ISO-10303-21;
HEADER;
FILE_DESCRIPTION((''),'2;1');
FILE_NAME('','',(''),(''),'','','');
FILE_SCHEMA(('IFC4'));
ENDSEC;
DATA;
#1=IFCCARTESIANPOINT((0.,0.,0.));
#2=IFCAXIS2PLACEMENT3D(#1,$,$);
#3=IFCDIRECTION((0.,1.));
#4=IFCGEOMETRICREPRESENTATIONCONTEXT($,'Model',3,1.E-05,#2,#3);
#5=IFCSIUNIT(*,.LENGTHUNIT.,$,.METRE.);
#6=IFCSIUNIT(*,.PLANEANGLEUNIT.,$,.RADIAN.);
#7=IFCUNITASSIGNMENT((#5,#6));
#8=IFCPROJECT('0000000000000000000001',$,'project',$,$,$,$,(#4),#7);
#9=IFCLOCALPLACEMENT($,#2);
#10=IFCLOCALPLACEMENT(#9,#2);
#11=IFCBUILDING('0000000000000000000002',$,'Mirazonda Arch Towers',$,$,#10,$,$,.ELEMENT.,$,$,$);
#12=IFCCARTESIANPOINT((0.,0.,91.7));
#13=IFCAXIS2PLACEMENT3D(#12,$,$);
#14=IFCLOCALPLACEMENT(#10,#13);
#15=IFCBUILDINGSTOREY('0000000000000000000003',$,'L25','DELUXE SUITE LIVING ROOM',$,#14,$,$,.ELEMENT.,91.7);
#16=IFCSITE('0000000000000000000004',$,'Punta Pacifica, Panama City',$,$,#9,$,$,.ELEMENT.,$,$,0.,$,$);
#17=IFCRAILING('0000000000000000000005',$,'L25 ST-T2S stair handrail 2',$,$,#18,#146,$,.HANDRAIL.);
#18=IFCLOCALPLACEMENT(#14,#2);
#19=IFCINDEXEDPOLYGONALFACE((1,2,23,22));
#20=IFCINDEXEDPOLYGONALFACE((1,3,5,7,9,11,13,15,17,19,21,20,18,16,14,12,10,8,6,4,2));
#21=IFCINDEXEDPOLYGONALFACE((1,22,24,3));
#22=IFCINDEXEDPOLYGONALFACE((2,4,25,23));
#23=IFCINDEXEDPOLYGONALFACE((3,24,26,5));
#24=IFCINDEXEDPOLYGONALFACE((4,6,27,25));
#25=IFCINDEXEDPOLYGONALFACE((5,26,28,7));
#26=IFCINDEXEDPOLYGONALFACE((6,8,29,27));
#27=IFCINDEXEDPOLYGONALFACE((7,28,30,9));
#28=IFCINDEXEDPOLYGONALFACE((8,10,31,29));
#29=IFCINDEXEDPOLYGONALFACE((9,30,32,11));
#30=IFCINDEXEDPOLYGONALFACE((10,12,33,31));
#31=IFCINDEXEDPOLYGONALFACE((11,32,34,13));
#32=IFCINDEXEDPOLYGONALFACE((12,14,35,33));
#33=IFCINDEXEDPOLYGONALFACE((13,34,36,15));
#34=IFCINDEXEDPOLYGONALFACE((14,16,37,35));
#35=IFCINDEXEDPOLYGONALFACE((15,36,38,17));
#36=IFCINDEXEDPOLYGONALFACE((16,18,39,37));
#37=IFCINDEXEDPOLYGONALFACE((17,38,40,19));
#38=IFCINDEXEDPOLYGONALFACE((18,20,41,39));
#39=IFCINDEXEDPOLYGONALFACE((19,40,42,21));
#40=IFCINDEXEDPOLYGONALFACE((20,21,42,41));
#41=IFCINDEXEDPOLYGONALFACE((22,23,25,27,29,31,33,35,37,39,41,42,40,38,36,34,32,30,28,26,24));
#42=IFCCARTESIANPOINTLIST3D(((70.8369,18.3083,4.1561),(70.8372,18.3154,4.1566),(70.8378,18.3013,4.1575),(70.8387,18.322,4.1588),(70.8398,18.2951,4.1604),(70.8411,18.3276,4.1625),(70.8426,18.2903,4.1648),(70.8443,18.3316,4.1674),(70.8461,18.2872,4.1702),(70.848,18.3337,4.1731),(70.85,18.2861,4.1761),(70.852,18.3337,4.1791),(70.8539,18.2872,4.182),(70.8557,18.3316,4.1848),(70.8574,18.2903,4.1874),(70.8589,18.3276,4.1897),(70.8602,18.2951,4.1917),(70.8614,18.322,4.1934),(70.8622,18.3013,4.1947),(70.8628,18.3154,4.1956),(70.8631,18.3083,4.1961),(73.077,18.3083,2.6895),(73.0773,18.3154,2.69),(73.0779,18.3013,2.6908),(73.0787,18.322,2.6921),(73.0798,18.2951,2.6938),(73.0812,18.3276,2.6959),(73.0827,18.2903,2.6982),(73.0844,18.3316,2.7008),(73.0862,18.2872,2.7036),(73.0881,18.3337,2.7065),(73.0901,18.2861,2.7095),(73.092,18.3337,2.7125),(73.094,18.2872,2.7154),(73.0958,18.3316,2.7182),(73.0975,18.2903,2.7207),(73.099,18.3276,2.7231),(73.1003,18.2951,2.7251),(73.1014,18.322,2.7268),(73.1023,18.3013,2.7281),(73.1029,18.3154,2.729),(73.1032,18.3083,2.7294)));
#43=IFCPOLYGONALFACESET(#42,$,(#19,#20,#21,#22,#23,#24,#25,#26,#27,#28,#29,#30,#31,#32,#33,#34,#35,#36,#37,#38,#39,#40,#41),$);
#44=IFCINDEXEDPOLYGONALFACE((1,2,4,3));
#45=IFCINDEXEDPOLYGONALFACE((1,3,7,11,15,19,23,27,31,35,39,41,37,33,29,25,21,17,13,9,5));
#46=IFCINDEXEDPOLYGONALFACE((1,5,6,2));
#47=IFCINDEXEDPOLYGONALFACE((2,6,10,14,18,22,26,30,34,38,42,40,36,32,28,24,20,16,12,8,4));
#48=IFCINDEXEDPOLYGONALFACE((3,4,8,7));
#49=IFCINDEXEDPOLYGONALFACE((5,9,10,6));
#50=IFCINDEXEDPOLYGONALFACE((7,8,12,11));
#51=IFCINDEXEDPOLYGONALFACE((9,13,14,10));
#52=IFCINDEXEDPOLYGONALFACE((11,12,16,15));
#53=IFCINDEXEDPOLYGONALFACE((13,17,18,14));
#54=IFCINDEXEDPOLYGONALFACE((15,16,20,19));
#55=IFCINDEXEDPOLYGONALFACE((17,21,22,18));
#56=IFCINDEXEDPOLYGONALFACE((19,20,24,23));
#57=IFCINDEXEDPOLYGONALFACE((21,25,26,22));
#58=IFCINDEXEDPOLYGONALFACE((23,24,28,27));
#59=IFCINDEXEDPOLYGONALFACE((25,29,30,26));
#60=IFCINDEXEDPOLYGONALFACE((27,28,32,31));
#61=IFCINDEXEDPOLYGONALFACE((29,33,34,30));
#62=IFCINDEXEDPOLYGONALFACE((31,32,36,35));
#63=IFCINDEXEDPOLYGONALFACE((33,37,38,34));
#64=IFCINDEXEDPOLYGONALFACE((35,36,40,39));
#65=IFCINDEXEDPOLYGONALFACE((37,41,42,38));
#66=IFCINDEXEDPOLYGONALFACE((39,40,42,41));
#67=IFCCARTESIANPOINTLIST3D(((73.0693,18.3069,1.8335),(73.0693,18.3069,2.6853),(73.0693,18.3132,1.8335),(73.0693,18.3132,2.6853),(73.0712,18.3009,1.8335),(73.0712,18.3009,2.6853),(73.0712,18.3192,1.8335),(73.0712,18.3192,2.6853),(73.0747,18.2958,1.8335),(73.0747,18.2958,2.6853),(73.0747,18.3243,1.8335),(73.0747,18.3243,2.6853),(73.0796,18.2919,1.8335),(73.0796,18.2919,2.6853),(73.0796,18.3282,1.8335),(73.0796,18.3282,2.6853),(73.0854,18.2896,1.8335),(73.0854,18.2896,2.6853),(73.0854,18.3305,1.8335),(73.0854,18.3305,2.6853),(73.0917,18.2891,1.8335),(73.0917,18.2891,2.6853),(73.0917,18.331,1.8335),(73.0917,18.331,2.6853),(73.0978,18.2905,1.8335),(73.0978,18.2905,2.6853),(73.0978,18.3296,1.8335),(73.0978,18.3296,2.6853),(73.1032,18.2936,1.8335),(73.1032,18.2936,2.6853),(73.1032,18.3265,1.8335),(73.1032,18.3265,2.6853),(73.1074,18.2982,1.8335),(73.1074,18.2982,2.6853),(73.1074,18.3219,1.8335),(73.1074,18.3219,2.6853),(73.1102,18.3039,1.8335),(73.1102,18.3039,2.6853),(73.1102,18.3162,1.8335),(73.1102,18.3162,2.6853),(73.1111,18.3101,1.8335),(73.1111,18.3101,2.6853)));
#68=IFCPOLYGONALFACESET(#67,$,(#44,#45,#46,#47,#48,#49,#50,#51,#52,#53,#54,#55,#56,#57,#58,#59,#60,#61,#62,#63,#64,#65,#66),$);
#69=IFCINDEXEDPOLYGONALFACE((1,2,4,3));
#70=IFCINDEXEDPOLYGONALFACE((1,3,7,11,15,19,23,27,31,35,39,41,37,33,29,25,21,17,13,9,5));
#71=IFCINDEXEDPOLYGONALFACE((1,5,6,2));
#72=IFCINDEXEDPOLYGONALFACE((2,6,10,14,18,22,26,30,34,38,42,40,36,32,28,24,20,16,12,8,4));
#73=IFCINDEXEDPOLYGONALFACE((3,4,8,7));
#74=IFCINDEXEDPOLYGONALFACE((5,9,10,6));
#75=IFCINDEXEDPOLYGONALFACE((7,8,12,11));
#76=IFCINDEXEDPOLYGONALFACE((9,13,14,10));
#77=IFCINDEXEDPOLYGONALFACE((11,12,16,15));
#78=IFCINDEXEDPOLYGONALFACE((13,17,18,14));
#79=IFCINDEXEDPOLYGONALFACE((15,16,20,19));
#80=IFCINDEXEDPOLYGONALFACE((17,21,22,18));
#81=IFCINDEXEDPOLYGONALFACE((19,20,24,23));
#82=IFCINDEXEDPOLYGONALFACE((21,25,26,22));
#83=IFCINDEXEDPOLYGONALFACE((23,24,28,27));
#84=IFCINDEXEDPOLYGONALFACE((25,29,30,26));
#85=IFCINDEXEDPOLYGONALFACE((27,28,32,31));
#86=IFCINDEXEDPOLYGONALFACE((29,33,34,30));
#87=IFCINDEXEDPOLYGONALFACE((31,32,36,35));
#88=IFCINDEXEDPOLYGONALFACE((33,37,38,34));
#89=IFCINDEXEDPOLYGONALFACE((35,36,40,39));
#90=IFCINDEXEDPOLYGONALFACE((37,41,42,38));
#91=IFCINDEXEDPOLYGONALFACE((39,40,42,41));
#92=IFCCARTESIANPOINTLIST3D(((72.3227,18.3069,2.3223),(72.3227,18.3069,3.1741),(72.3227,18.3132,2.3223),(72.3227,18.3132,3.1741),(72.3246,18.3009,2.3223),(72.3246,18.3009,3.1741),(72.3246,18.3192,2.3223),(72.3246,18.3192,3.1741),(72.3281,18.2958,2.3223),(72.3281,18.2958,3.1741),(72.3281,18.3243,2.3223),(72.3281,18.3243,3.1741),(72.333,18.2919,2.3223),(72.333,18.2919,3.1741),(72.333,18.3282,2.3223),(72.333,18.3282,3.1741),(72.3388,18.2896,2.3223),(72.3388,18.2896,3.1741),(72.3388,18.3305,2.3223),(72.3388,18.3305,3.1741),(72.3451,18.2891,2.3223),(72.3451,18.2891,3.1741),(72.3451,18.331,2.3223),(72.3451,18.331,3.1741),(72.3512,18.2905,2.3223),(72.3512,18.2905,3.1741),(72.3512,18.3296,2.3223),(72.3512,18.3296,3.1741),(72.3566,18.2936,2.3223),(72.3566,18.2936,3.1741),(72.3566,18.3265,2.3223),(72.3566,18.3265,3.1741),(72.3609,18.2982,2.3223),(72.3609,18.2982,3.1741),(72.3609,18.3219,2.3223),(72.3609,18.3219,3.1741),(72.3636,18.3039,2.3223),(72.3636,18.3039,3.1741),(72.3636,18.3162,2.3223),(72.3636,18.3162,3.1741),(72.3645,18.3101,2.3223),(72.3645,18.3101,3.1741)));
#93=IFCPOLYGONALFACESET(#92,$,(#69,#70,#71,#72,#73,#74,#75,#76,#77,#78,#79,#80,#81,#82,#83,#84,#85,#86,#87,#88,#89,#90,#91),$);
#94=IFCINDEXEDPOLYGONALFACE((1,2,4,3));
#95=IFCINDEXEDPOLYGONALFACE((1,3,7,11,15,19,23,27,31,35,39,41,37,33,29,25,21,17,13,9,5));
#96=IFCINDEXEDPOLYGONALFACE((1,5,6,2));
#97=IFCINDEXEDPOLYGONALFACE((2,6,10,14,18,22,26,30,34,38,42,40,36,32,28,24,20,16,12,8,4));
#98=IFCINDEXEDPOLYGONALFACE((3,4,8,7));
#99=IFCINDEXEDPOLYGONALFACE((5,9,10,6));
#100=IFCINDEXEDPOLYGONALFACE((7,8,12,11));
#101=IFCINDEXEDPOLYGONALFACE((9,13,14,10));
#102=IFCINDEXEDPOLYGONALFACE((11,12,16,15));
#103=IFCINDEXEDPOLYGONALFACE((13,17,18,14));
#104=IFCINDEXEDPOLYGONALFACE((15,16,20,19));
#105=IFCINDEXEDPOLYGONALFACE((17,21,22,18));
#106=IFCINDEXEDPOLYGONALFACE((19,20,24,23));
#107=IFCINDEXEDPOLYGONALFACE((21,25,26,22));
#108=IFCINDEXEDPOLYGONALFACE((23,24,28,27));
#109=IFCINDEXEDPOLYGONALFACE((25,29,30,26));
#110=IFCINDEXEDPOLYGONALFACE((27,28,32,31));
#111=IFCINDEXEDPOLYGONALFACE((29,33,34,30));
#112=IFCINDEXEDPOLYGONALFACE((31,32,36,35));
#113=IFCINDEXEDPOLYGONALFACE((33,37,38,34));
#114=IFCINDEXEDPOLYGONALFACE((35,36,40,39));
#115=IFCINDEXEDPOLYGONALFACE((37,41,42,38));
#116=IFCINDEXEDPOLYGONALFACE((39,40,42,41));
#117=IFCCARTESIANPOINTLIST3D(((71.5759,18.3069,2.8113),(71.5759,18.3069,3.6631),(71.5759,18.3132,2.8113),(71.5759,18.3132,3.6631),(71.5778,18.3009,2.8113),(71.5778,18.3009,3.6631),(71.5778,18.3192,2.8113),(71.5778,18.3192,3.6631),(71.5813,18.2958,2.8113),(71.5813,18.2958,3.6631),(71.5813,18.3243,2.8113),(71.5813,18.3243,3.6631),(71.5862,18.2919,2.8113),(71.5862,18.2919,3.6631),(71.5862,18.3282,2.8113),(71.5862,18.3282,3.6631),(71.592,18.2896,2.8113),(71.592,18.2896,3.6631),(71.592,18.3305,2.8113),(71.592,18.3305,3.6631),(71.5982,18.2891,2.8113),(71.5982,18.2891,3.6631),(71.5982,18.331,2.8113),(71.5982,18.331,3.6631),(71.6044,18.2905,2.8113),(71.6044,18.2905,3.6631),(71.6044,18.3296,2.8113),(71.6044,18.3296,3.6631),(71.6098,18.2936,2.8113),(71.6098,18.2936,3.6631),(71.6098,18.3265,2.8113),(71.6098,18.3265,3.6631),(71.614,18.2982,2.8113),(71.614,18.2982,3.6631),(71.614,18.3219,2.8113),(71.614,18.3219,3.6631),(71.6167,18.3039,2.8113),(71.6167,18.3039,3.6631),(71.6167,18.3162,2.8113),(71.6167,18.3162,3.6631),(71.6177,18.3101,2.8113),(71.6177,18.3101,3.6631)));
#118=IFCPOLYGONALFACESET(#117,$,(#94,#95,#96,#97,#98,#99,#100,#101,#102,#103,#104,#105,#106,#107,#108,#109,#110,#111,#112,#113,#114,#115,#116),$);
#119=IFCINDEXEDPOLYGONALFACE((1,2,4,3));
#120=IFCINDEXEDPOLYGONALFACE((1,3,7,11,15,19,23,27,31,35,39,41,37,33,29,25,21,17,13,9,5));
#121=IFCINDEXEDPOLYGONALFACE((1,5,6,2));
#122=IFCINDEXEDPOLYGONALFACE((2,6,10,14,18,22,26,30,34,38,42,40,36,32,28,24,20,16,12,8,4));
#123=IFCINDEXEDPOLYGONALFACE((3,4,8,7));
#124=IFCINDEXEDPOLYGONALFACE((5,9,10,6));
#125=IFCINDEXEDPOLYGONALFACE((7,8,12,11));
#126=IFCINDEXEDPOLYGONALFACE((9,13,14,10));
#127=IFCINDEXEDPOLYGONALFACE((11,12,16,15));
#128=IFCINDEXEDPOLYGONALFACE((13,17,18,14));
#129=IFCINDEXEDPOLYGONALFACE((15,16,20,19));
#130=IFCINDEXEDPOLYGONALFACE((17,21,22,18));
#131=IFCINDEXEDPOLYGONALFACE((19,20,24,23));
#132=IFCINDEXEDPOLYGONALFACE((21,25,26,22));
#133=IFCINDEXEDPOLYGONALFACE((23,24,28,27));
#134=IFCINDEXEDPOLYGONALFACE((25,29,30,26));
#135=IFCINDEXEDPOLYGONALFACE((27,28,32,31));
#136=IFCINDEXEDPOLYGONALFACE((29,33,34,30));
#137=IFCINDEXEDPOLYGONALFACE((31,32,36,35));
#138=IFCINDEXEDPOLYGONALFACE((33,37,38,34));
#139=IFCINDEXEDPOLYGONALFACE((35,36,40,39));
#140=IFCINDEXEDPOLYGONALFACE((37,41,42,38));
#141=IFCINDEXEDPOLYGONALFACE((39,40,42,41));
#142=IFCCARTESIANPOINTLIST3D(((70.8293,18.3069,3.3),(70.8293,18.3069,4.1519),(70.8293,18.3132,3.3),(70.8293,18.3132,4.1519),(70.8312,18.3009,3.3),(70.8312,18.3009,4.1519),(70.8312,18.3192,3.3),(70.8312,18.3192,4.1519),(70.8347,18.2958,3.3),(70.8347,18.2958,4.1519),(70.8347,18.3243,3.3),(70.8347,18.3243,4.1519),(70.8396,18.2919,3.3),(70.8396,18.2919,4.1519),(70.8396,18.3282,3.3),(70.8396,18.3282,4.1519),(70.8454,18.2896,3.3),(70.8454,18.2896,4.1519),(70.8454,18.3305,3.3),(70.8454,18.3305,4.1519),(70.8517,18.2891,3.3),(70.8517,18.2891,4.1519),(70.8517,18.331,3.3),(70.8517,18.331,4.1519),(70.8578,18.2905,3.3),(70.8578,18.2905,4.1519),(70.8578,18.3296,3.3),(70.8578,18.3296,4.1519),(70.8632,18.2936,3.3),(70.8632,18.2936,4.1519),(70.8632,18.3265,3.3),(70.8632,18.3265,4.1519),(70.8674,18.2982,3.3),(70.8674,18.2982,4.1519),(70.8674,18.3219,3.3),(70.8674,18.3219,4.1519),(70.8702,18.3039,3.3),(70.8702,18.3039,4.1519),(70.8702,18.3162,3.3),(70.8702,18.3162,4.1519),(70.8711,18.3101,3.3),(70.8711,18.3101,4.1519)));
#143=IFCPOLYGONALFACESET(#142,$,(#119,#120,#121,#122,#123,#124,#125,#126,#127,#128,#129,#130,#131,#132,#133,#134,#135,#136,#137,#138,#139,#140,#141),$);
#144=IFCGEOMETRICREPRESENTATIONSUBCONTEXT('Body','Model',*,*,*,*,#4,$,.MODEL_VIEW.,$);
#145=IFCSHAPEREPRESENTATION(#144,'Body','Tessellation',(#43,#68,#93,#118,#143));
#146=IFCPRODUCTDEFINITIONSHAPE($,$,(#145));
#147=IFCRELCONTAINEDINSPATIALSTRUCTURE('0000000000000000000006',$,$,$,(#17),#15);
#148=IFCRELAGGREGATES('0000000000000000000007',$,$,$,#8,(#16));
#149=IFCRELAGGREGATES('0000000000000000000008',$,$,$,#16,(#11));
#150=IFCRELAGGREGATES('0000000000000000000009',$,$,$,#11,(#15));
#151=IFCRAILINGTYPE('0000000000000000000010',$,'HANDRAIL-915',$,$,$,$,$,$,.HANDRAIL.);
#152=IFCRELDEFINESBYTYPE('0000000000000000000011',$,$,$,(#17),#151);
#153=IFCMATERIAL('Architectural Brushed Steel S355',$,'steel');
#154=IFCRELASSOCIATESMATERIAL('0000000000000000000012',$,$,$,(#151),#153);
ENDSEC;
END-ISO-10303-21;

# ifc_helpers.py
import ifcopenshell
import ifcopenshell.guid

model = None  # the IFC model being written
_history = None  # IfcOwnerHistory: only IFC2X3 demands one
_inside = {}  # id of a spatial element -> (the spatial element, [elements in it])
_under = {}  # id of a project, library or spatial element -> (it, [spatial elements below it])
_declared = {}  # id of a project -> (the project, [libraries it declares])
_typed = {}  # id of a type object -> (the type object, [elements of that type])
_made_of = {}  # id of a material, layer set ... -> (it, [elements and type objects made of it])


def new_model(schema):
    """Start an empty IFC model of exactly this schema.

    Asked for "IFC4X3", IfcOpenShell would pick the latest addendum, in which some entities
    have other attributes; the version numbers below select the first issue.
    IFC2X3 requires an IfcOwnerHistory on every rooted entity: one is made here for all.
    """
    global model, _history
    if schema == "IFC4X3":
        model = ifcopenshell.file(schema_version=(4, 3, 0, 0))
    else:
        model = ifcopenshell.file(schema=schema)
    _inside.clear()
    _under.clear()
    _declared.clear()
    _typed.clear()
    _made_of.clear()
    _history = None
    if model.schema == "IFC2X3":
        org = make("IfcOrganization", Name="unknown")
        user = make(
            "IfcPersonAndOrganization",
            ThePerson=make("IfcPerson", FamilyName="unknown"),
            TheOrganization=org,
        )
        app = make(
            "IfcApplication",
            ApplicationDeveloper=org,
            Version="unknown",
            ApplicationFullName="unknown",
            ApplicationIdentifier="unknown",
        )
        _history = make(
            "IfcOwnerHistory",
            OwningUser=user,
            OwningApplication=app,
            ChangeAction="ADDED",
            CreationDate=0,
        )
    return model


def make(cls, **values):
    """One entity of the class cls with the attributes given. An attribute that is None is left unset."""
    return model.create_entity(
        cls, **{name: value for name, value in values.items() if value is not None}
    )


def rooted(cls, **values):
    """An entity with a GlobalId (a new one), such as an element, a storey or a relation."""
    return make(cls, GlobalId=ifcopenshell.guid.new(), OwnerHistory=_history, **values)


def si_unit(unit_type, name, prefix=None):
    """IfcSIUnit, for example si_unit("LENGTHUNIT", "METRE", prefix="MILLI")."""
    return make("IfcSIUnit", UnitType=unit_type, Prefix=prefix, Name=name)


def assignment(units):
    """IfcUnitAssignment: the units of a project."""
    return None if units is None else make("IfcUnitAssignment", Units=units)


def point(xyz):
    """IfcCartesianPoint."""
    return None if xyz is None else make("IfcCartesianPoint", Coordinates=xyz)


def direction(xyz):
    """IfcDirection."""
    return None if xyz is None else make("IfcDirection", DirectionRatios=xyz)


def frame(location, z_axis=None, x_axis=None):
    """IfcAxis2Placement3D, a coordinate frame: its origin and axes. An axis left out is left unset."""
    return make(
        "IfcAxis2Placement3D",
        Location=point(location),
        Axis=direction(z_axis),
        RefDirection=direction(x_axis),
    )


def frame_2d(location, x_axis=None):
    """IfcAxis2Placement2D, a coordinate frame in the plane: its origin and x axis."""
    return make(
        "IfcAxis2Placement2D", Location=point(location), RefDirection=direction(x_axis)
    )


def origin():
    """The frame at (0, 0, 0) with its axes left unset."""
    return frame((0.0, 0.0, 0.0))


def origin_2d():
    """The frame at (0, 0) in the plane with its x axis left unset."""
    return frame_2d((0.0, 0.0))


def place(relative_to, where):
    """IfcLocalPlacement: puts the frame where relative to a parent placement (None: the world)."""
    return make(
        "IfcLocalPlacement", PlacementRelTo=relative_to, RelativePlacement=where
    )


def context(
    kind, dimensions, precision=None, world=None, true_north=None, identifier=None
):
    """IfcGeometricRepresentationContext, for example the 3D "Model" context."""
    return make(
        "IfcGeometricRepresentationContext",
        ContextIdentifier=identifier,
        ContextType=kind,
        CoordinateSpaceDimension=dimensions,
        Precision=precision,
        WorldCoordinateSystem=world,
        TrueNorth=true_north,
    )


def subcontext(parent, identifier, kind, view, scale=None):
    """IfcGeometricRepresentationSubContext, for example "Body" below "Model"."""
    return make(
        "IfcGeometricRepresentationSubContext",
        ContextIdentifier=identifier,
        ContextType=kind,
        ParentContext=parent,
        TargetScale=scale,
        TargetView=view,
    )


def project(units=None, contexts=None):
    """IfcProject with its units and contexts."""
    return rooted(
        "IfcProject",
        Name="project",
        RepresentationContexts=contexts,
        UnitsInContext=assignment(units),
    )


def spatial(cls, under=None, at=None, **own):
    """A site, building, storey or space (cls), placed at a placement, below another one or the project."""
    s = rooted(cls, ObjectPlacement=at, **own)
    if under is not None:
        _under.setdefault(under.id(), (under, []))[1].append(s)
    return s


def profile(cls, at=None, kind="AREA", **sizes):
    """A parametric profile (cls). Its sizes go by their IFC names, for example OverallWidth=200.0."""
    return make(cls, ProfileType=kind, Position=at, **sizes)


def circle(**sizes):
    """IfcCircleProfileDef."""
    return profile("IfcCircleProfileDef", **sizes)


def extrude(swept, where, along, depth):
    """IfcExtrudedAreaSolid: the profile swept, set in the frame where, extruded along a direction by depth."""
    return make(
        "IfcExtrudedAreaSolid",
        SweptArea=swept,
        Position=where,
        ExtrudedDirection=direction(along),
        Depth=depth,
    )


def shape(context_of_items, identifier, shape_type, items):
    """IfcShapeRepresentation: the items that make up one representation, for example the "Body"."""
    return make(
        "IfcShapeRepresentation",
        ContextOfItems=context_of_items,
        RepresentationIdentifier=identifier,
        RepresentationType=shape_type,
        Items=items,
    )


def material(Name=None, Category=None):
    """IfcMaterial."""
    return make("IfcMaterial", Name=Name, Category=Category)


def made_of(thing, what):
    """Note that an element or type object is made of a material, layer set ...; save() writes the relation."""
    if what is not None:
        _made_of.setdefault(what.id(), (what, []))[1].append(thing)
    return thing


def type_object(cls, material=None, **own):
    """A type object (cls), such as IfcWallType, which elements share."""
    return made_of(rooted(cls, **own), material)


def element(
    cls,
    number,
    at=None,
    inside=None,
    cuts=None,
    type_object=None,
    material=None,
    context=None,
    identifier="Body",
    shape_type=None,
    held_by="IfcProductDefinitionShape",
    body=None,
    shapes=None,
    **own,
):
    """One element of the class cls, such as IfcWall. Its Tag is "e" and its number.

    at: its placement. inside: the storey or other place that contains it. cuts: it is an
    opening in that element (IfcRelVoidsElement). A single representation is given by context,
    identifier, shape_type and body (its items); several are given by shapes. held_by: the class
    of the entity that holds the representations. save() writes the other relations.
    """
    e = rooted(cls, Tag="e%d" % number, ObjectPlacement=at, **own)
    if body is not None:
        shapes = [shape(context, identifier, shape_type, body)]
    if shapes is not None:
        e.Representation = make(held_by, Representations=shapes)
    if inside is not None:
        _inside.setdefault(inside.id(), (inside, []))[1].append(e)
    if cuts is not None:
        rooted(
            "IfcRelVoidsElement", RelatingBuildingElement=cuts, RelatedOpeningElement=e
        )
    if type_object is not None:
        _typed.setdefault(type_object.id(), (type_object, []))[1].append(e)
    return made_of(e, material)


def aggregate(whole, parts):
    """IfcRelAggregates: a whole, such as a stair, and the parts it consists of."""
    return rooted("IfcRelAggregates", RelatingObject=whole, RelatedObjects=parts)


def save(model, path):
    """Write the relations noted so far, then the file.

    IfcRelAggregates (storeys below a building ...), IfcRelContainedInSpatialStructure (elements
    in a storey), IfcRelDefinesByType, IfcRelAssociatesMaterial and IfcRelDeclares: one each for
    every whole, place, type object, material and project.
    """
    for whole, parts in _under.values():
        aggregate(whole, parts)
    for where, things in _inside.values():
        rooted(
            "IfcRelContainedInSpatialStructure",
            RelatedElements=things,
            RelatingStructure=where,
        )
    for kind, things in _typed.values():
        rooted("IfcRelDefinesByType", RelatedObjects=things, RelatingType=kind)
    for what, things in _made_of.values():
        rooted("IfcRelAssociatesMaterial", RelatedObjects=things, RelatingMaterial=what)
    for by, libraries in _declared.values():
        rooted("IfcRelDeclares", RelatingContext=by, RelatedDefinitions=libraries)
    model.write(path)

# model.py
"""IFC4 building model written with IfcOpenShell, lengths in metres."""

from ifc_helpers import new_model, si_unit, direction, frame, origin, origin_2d, place, context, subcontext, project, spatial, circle, extrude, material, type_object, element, save


model = new_model("IFC4")

# Units and contexts
model_context = context("Model", 3, precision=1e-05, world=origin(), true_north=direction((0.0, 1.0)))
body_context = subcontext(model_context, "Body", "Model", "MODEL_VIEW")
ifc_project = project(units=[si_unit("LENGTHUNIT", "METRE"), si_unit("PLANEANGLEUNIT", "RADIAN")], contexts=[model_context])

# Site, building, storey
site_placement = place(None, origin())
site = spatial("IfcSite", under=ifc_project, at=site_placement, Name="Punta Pacifica, Panama City", CompositionType="ELEMENT", RefElevation=0.0)
building_placement = place(site_placement, origin())
building = spatial("IfcBuilding", under=site, at=building_placement, Name="Mirazonda Arch Towers", CompositionType="ELEMENT")
storey_placement = place(building_placement, frame((0.0, 0.0, 91.7)))
storey = spatial("IfcBuildingStorey", under=building, at=storey_placement, Name="L25", Description="DELUXE SUITE LIVING ROOM", CompositionType="ELEMENT", Elevation=91.7)

# Railing
ifc_material_1 = material(Name="Architectural Brushed Steel S355", Category="steel")
railing_type_1 = type_object("IfcRailingType", Name="HANDRAIL-915", PredefinedType="HANDRAIL", material=ifc_material_1)
railing_1_placement = place(storey_placement, frame((73.0901, 18.3101, 1.8335)))
element("IfcRailing", 1, at=railing_1_placement, inside=storey, type_object=railing_type_1, Name="L25 ST-T2S stair handrail 2", PredefinedType="HANDRAIL", context=body_context, shape_type="SweptSolid", body=[
    extrude(circle(Radius=0.0239, at=origin_2d()), frame((0.0, 0.0, 0.876), z_axis=(-0.836637, 0.0, 0.547758), x_axis=(0.0, -1.0, 0.0)), (0.0, 0.0, 1.0), 2.6775),
    extrude(circle(Radius=0.021, at=origin_2d()), origin(), (0.0, 0.0, 1.0), 0.8518),
    extrude(circle(Radius=0.021, at=origin_2d()), frame((-0.7466, 0.0, 0.4888)), (0.0, 0.0, 1.0), 0.8518),
    extrude(circle(Radius=0.021, at=origin_2d()), frame((-1.4934, 0.0, 0.9778)), (0.0, 0.0, 1.0), 0.8518),
    extrude(circle(Radius=0.021, at=origin_2d()), frame((-2.24, 0.0, 1.4666)), (0.0, 0.0, 1.0), 0.8518),
])

save(model, "model.ifc")
